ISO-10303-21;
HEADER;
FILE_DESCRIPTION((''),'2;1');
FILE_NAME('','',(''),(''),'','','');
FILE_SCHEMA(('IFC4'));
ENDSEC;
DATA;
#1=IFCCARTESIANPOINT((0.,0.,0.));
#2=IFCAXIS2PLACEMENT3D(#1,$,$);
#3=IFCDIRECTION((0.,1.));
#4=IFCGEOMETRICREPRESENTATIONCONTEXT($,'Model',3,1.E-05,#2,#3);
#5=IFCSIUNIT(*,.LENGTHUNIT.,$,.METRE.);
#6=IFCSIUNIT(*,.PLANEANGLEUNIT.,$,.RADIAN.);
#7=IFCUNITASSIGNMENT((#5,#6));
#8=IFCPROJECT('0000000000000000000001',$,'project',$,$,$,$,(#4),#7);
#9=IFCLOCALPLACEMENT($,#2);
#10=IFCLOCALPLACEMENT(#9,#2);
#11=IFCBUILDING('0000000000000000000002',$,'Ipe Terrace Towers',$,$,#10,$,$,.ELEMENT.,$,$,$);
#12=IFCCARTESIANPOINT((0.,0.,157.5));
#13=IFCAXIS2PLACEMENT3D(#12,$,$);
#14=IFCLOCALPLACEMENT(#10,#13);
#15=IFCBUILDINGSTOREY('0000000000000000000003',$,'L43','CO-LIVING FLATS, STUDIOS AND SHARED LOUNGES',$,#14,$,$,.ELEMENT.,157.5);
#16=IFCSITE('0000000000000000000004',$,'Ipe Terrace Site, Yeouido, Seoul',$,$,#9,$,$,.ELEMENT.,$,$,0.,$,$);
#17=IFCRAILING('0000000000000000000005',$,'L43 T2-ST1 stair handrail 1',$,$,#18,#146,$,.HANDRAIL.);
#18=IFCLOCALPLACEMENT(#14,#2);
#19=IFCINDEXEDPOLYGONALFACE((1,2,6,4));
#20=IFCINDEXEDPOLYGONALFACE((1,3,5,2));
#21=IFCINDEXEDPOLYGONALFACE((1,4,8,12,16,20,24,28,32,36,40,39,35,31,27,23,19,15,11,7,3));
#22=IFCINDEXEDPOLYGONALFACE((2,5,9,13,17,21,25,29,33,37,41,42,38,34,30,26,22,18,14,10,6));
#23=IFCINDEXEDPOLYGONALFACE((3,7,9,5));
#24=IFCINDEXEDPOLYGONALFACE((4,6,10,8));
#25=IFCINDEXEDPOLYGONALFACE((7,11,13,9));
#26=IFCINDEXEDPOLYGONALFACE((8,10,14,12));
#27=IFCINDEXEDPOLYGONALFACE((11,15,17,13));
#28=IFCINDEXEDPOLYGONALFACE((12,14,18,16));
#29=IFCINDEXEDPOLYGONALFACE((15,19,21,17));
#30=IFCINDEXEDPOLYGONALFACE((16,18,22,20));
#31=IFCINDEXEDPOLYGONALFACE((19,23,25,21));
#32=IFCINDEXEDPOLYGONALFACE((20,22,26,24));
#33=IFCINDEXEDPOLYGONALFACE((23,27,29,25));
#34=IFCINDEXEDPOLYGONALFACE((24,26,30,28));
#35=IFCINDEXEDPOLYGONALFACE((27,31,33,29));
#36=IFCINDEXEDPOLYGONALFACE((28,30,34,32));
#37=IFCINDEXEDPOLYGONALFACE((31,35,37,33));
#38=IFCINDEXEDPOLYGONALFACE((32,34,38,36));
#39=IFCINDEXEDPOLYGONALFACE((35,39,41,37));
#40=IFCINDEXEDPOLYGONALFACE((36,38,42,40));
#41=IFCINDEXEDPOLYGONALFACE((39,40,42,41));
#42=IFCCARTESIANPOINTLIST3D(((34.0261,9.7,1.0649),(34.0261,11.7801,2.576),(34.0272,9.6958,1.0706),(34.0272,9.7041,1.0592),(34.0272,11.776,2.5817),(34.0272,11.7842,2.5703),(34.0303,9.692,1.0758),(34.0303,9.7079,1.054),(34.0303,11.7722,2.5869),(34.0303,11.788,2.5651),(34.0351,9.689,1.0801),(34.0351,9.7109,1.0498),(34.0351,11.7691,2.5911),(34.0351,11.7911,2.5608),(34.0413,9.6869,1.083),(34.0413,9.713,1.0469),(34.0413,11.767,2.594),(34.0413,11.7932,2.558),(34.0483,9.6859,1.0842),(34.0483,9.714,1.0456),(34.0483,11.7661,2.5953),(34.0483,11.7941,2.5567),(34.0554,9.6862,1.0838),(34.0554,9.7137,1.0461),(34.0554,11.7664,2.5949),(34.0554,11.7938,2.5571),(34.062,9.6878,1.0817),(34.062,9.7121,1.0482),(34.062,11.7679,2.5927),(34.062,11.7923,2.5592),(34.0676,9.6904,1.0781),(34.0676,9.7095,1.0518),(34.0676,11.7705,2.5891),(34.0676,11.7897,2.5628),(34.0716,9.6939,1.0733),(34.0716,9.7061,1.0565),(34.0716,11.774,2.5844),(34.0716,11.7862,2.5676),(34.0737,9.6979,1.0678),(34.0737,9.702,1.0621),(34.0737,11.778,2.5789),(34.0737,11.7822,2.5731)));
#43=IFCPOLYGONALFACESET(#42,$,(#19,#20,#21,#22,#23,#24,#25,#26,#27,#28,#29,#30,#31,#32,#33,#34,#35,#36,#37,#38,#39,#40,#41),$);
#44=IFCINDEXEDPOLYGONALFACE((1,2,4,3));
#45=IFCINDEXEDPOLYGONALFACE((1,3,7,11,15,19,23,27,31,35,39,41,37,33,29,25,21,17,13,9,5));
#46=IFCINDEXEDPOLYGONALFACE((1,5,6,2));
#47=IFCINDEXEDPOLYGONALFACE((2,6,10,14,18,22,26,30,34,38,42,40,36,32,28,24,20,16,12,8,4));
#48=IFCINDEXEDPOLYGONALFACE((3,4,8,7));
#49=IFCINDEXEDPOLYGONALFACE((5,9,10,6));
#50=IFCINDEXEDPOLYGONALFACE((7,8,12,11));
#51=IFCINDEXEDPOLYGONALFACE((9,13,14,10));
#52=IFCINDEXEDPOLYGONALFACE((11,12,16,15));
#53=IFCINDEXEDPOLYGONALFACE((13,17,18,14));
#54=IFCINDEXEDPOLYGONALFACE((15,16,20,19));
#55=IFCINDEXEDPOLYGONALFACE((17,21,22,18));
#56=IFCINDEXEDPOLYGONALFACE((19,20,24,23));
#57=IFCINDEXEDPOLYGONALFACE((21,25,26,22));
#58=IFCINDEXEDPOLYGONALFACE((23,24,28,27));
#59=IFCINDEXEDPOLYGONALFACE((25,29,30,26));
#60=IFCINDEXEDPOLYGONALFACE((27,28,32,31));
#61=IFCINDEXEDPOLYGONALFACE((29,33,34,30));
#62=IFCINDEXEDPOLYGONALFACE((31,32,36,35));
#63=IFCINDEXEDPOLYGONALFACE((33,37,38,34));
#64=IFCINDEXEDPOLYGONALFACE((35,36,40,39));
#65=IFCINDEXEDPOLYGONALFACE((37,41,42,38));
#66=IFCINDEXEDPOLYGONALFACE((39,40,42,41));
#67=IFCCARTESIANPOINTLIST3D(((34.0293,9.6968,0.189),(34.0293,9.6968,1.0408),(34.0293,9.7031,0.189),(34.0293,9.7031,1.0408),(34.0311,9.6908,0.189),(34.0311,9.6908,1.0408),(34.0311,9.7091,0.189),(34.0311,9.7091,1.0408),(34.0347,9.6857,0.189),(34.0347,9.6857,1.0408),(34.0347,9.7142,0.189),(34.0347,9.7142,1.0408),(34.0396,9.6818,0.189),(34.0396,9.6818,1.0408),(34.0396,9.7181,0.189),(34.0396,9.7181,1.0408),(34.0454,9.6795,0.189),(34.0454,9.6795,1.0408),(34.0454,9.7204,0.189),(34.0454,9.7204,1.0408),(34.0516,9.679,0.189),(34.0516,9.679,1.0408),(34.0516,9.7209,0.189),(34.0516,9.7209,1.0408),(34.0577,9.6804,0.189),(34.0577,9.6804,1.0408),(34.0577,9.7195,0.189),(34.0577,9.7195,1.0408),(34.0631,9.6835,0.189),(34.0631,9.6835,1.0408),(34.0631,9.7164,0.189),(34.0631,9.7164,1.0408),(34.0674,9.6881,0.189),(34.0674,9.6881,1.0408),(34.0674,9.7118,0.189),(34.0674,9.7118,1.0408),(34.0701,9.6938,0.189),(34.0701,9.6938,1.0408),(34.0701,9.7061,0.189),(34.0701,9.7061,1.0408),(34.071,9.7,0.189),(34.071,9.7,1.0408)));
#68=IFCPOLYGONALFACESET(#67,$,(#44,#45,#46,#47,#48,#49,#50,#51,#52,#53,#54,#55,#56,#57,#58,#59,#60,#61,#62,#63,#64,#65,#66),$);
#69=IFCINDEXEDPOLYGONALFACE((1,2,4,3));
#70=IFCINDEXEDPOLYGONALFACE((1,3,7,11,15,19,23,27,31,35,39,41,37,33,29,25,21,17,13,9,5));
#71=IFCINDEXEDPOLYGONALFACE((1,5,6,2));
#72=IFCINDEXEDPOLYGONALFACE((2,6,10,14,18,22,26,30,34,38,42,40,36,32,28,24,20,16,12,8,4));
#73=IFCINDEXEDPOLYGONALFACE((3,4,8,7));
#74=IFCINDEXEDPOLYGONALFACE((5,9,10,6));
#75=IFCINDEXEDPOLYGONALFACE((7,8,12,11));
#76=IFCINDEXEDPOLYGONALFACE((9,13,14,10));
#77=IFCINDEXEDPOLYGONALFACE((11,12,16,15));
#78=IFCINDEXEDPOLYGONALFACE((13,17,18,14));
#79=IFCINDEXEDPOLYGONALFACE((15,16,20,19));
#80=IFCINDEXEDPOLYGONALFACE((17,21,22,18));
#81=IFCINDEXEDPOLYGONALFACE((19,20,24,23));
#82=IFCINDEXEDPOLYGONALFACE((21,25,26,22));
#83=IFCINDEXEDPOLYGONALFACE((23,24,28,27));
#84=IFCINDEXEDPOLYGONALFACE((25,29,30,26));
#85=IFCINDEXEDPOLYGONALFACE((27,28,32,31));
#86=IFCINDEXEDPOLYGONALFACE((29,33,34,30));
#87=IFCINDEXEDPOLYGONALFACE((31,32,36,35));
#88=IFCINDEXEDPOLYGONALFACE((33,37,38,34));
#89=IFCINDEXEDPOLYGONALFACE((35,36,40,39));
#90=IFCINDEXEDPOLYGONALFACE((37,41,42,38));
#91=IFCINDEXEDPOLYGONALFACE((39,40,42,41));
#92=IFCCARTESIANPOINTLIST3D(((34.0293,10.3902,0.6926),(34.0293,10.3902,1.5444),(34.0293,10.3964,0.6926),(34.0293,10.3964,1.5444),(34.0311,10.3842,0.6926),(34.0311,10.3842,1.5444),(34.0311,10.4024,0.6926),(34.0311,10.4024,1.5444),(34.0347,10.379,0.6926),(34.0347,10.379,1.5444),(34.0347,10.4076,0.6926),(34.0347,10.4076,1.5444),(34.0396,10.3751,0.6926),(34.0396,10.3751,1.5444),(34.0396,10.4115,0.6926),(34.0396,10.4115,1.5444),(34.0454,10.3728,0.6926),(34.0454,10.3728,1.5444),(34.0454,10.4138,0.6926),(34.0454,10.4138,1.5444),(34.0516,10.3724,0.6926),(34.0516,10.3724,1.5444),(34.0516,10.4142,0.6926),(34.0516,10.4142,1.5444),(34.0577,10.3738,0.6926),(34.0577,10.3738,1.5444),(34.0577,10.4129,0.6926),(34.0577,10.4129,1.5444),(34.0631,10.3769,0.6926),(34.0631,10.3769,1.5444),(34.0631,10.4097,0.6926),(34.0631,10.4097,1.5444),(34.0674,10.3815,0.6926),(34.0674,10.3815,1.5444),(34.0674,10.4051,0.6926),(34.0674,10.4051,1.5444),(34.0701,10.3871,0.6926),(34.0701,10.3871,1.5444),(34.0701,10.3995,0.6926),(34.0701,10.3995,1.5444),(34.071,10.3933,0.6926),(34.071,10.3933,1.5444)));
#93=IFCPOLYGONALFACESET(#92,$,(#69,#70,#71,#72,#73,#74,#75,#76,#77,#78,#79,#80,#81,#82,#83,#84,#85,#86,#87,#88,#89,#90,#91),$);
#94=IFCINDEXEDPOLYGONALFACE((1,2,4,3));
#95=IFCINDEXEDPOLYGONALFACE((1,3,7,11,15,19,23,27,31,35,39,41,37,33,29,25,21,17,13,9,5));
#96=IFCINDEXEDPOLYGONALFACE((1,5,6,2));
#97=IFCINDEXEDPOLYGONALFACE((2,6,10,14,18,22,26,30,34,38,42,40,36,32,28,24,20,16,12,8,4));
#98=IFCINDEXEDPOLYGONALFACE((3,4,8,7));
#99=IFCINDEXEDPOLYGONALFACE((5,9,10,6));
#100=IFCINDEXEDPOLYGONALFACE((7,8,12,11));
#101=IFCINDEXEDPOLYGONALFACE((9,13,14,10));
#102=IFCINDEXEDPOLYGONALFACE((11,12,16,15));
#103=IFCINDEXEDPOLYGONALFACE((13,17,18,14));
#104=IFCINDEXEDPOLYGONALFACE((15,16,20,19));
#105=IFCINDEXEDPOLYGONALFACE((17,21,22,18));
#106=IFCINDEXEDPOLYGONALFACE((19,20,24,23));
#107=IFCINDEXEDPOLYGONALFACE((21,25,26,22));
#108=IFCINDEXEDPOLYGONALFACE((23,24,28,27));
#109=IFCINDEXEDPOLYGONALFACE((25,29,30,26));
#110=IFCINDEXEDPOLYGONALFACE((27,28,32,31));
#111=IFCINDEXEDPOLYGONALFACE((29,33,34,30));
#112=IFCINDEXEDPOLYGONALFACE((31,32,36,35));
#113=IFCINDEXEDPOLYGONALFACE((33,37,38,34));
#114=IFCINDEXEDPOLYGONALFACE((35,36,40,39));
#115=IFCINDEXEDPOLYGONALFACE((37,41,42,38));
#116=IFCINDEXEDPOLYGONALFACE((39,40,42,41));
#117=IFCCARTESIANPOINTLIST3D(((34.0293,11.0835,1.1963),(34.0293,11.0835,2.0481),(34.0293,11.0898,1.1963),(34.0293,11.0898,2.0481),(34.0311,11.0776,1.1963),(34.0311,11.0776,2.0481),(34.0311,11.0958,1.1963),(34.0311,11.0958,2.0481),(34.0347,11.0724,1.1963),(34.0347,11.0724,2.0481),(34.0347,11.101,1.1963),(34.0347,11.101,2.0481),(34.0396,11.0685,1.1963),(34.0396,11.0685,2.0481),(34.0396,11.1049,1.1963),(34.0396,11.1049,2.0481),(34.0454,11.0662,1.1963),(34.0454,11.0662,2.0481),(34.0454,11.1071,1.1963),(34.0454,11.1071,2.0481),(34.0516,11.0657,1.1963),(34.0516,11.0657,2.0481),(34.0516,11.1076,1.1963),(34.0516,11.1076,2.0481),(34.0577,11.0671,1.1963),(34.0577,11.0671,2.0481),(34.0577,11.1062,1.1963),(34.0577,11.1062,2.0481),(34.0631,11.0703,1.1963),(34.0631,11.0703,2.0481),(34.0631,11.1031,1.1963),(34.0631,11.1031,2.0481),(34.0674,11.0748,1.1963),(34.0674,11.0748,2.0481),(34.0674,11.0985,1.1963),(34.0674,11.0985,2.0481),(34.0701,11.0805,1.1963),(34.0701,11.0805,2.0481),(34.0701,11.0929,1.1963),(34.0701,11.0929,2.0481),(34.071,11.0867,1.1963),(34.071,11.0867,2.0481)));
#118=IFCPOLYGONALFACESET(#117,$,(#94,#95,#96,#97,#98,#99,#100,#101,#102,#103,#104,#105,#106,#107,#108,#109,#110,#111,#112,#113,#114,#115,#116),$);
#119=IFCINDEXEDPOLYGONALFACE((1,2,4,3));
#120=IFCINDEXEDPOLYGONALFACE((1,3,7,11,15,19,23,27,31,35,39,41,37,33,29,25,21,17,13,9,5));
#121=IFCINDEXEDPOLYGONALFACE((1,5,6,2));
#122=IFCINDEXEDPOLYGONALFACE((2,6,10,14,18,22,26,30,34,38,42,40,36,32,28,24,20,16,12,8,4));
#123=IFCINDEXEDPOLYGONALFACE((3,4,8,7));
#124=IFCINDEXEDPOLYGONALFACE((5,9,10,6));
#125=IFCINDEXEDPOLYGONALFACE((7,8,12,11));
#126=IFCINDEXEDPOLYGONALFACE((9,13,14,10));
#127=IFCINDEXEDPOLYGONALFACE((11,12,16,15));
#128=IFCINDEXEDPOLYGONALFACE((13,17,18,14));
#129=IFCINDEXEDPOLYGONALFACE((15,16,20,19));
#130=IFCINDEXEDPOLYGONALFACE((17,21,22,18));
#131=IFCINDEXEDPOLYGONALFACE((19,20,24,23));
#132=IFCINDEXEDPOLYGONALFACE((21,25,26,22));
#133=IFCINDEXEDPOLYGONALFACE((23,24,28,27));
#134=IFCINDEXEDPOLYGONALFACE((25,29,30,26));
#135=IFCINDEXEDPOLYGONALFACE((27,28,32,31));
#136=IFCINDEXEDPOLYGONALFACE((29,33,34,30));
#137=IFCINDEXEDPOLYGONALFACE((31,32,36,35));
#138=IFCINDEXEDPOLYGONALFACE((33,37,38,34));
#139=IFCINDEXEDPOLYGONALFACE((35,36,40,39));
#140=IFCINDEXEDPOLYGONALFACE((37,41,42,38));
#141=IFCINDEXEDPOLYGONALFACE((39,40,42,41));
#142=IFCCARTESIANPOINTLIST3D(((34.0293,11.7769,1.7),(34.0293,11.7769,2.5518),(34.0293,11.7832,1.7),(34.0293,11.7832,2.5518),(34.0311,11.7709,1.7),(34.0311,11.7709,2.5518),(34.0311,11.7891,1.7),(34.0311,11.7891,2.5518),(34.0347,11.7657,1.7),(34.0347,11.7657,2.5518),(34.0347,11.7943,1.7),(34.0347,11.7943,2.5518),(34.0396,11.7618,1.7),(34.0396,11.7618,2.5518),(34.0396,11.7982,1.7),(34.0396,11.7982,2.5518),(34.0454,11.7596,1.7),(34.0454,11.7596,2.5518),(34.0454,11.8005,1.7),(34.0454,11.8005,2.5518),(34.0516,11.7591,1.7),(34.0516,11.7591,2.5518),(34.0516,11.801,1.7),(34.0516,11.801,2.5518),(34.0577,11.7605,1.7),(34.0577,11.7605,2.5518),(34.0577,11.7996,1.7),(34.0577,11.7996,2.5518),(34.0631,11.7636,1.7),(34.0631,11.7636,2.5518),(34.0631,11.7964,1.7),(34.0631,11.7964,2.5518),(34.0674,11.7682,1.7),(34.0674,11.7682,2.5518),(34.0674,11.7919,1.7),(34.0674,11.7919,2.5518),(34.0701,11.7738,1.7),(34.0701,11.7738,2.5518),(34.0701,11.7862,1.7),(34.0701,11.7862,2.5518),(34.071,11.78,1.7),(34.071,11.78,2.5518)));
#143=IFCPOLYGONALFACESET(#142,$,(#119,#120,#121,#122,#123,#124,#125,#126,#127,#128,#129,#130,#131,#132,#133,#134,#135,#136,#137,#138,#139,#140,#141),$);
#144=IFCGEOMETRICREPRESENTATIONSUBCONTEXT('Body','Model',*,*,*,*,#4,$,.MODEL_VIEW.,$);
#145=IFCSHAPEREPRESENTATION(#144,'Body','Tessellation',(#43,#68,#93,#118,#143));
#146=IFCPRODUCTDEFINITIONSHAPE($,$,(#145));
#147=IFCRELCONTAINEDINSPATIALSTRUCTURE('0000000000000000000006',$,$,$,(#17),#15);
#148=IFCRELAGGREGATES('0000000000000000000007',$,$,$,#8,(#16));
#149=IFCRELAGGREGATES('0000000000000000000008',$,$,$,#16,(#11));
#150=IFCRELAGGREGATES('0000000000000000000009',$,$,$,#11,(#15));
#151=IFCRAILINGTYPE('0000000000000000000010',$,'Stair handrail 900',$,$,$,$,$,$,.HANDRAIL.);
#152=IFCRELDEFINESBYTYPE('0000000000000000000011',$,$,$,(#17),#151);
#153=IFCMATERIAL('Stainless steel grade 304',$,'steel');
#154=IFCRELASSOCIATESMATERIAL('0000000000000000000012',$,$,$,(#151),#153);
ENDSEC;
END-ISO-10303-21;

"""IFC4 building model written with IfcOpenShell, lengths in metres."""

from ifc_helpers import new_model, si_unit, direction, frame, origin, origin_2d, place, context, subcontext, project, spatial, circle, extrude, material, type_object, element, save


model = new_model("IFC4")

# Units and contexts
model_context = context("Model", 3, precision=1e-05, world=origin(), true_north=direction((0.0, 1.0)))
body_context = subcontext(model_context, "Body", "Model", "MODEL_VIEW")
ifc_project = project(units=[si_unit("LENGTHUNIT", "METRE"), si_unit("PLANEANGLEUNIT", "RADIAN")], contexts=[model_context])

# Site, building, storey
site_placement = place(None, origin())
site = spatial("IfcSite", under=ifc_project, at=site_placement, Name="Ipe Terrace Site, Yeouido, Seoul", CompositionType="ELEMENT", RefElevation=0.0)
building_placement = place(site_placement, origin())
building = spatial("IfcBuilding", under=site, at=building_placement, Name="Ipe Terrace Towers", CompositionType="ELEMENT")
storey_placement = place(building_placement, frame((0.0, 0.0, 157.5)))
storey = spatial("IfcBuildingStorey", under=building, at=storey_placement, Name="L43", Description="CO-LIVING FLATS, STUDIOS AND SHARED LOUNGES", CompositionType="ELEMENT", Elevation=157.5)

# Railing
ifc_material_1 = material(Name="Stainless steel grade 304", Category="steel")
railing_type_1 = type_object("IfcRailingType", Name="Stair handrail 900", PredefinedType="HANDRAIL", material=ifc_material_1)
railing_1_placement = place(storey_placement, frame((34.05, 9.7, 0.189)))
element("IfcRailing", 1, at=railing_1_placement, inside=storey, type_object=railing_type_1, Name="L43 T2-ST1 stair handrail 1", PredefinedType="HANDRAIL", context=body_context, shape_type="SweptSolid", body=[
    extrude(circle(Radius=0.0239, at=origin_2d()), frame((0.0, 0.0, 0.876), z_axis=(0.0, 0.809069, 0.587714), x_axis=(-1.0, 0.0, 0.0)), (0.0, 0.0, 1.0), 2.571),
    extrude(circle(Radius=0.021, at=origin_2d()), origin(), (0.0, 0.0, 1.0), 0.8518),
    extrude(circle(Radius=0.021, at=origin_2d()), frame((0.0, 0.6934, 0.5037)), (0.0, 0.0, 1.0), 0.8518),
    extrude(circle(Radius=0.021, at=origin_2d()), frame((0.0, 1.3867, 1.0073)), (0.0, 0.0, 1.0), 0.8518),
    extrude(circle(Radius=0.021, at=origin_2d()), frame((0.0, 2.0801, 1.511)), (0.0, 0.0, 1.0), 0.8518),
])

save(model, "model.ifc")
